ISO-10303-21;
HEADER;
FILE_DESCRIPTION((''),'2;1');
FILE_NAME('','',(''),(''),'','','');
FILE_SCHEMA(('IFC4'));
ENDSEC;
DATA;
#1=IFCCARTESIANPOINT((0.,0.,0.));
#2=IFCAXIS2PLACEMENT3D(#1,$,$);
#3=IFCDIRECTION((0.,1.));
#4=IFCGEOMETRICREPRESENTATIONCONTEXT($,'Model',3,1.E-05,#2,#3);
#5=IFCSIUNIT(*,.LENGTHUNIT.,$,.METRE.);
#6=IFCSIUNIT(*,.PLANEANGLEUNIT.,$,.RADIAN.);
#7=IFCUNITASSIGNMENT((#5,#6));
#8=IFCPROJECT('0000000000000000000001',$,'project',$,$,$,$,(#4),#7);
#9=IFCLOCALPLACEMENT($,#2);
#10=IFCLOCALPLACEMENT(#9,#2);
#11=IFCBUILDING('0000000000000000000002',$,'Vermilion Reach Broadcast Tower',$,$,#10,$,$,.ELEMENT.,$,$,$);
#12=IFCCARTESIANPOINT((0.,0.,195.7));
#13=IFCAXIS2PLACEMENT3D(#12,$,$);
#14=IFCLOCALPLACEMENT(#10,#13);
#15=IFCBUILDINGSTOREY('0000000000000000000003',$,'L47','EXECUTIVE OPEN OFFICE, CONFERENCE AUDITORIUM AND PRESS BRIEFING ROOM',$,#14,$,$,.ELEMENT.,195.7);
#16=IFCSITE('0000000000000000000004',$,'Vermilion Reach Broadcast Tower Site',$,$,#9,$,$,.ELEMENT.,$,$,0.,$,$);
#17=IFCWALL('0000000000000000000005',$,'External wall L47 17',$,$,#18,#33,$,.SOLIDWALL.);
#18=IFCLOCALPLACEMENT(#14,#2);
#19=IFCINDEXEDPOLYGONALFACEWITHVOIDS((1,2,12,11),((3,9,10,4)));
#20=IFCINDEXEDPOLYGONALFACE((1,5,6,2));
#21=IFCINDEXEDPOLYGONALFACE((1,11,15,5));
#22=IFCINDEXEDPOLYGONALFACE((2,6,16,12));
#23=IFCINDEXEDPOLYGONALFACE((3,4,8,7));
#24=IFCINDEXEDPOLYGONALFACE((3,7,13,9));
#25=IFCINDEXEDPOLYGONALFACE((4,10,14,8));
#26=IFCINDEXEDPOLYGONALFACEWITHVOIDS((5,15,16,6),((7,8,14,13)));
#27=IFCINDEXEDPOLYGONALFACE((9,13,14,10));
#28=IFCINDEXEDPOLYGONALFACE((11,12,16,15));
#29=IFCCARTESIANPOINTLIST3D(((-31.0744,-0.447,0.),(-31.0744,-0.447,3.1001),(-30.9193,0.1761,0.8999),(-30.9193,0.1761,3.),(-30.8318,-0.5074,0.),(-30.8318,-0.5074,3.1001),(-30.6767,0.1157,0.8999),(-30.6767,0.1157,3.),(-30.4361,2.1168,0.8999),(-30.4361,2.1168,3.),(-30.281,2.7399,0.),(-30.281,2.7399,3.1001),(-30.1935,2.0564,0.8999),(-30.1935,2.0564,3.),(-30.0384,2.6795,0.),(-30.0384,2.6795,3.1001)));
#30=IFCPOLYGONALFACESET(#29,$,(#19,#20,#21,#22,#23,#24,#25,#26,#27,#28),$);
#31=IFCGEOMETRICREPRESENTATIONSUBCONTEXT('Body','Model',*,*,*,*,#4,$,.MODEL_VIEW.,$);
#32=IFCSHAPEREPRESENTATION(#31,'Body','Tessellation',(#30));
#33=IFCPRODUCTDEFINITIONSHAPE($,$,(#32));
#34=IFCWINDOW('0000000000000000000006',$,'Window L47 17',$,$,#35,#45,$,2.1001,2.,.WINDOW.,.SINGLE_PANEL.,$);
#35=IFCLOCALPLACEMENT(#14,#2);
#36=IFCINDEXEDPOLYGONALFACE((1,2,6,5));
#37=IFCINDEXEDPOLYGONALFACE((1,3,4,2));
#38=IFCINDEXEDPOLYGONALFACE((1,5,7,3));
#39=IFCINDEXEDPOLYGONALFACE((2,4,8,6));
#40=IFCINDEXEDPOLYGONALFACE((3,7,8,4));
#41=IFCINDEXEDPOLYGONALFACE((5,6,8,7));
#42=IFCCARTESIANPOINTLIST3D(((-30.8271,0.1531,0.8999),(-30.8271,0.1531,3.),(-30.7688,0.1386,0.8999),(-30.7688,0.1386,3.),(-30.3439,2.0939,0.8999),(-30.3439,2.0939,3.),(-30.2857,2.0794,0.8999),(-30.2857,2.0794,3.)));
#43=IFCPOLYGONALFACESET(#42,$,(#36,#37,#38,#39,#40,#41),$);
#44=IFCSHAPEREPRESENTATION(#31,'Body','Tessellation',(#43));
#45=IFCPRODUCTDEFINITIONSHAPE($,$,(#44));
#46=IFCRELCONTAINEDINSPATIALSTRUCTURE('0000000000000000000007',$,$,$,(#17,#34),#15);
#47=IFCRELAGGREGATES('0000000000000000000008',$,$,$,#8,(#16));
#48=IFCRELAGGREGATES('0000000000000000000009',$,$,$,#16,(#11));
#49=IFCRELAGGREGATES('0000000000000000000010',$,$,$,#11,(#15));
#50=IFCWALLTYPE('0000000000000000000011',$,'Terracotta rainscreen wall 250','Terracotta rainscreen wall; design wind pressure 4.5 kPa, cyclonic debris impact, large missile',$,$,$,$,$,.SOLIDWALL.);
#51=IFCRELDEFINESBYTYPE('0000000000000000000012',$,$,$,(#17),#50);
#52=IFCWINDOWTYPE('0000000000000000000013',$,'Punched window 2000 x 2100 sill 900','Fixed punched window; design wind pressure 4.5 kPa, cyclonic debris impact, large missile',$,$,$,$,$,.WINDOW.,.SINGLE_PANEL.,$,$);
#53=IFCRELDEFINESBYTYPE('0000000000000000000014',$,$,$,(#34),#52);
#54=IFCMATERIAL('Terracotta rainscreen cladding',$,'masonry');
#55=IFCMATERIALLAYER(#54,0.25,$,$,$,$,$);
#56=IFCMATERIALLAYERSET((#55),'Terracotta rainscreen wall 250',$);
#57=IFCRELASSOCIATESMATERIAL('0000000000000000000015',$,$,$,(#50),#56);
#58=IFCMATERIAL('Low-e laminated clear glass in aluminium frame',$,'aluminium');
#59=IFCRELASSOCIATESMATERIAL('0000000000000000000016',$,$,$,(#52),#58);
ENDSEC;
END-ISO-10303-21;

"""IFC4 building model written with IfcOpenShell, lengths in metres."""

from ifc_helpers import new_model, si_unit, direction, frame, frame_2d, origin, place, context, subcontext, project, spatial, rectangle, extrude, material, layer, layer_set, type_object, element, fill, save


model = new_model("IFC4")

# Units and contexts
model_context = context("Model", 3, precision=1e-05, world=origin(), true_north=direction((0.0, 1.0)))
body_context = subcontext(model_context, "Body", "Model", "MODEL_VIEW")
ifc_project = project(units=[si_unit("LENGTHUNIT", "METRE"), si_unit("PLANEANGLEUNIT", "RADIAN")], contexts=[model_context])

# Site, building, storey
site_placement = place(None, origin())
site = spatial("IfcSite", under=ifc_project, at=site_placement, Name="Vermilion Reach Broadcast Tower Site", CompositionType="ELEMENT", RefElevation=0.0)
building_placement = place(site_placement, origin())
building = spatial("IfcBuilding", under=site, at=building_placement, Name="Vermilion Reach Broadcast Tower", CompositionType="ELEMENT")
storey_placement = place(building_placement, frame((0.0, 0.0, 195.7)))
storey = spatial("IfcBuildingStorey", under=building, at=storey_placement, Name="L47", Description="EXECUTIVE OPEN OFFICE, CONFERENCE AUDITORIUM AND PRESS BRIEFING ROOM", CompositionType="ELEMENT", Elevation=195.7)

# Shared definitions
ifc_material_1 = material(Name="Terracotta rainscreen cladding", Category="masonry")
ifc_layer_1 = layer(ifc_material_1, 0.25)
ifc_layer_set_1 = layer_set([ifc_layer_1], Name="Terracotta rainscreen wall 250")
wall_type_1 = type_object("IfcWallType", Name="Terracotta rainscreen wall 250", Description="Terracotta rainscreen wall; design wind pressure 4.5 kPa, cyclonic debris impact, large missile", PredefinedType="SOLIDWALL", material=ifc_layer_set_1)
ifc_material_2 = material(Name="Low-e laminated clear glass in aluminium frame", Category="aluminium")
window_type = type_object("IfcWindowType", Name="Punched window 2000 x 2100 sill 900", Description="Fixed punched window; design wind pressure 4.5 kPa, cyclonic debris impact, large missile", PartitioningType="SINGLE_PANEL", PredefinedType="WINDOW", material=ifc_material_2)

# Wall, opening, window
wall_1_placement = place(storey_placement, frame((-30.1597, 2.7097, 0.0), z_axis=(0.0, 0.0, 1.0), x_axis=(-0.241591, -0.970378, 0.0)))
wall_1 = element("IfcWall", 1, at=wall_1_placement, inside=storey, type_object=wall_type_1, Name="External wall L47 17", PredefinedType="SOLIDWALL", context=body_context, shape_type="SweptSolid", body=[
    extrude(rectangle(XDim=3.2842, YDim=0.25, at=frame_2d((1.6421, 0.0))), origin(), (0.0, 0.0, 1.0), 3.1001),
])
opening_1_placement = place(wall_1_placement, frame((0.6421, 0.0, 0.8999)))
opening_1 = element("IfcOpeningElement", 2, at=opening_1_placement, cuts=wall_1, PredefinedType="OPENING", context=body_context, shape_type="SweptSolid", body=[
    extrude(rectangle(XDim=2.0, YDim=2.1001, at=frame_2d((1.0, 1.05))), frame((0.0, 0.135, 0.0), z_axis=(0.0, -1.0, 0.0), x_axis=(1.0, 0.0, 0.0)), (0.0, 0.0, 1.0), 0.27),
])
window_1_placement = place(opening_1_placement, origin())
window_1 = element("IfcWindow", 3, at=window_1_placement, inside=storey, type_object=window_type, Name="Window L47 17", OverallHeight=2.1001, OverallWidth=2.0, PartitioningType="SINGLE_PANEL", PredefinedType="WINDOW", context=body_context, shape_type="SweptSolid", body=[
    extrude(rectangle(XDim=2.0, YDim=2.1001, at=frame_2d((1.0, 1.05))), frame((0.0, 0.03, 0.0), z_axis=(0.0, -1.0, 0.0), x_axis=(1.0, 0.0, 0.0)), (0.0, 0.0, 1.0), 0.0601),
])
fill(opening_1, window_1)

save(model, "model.ifc")
